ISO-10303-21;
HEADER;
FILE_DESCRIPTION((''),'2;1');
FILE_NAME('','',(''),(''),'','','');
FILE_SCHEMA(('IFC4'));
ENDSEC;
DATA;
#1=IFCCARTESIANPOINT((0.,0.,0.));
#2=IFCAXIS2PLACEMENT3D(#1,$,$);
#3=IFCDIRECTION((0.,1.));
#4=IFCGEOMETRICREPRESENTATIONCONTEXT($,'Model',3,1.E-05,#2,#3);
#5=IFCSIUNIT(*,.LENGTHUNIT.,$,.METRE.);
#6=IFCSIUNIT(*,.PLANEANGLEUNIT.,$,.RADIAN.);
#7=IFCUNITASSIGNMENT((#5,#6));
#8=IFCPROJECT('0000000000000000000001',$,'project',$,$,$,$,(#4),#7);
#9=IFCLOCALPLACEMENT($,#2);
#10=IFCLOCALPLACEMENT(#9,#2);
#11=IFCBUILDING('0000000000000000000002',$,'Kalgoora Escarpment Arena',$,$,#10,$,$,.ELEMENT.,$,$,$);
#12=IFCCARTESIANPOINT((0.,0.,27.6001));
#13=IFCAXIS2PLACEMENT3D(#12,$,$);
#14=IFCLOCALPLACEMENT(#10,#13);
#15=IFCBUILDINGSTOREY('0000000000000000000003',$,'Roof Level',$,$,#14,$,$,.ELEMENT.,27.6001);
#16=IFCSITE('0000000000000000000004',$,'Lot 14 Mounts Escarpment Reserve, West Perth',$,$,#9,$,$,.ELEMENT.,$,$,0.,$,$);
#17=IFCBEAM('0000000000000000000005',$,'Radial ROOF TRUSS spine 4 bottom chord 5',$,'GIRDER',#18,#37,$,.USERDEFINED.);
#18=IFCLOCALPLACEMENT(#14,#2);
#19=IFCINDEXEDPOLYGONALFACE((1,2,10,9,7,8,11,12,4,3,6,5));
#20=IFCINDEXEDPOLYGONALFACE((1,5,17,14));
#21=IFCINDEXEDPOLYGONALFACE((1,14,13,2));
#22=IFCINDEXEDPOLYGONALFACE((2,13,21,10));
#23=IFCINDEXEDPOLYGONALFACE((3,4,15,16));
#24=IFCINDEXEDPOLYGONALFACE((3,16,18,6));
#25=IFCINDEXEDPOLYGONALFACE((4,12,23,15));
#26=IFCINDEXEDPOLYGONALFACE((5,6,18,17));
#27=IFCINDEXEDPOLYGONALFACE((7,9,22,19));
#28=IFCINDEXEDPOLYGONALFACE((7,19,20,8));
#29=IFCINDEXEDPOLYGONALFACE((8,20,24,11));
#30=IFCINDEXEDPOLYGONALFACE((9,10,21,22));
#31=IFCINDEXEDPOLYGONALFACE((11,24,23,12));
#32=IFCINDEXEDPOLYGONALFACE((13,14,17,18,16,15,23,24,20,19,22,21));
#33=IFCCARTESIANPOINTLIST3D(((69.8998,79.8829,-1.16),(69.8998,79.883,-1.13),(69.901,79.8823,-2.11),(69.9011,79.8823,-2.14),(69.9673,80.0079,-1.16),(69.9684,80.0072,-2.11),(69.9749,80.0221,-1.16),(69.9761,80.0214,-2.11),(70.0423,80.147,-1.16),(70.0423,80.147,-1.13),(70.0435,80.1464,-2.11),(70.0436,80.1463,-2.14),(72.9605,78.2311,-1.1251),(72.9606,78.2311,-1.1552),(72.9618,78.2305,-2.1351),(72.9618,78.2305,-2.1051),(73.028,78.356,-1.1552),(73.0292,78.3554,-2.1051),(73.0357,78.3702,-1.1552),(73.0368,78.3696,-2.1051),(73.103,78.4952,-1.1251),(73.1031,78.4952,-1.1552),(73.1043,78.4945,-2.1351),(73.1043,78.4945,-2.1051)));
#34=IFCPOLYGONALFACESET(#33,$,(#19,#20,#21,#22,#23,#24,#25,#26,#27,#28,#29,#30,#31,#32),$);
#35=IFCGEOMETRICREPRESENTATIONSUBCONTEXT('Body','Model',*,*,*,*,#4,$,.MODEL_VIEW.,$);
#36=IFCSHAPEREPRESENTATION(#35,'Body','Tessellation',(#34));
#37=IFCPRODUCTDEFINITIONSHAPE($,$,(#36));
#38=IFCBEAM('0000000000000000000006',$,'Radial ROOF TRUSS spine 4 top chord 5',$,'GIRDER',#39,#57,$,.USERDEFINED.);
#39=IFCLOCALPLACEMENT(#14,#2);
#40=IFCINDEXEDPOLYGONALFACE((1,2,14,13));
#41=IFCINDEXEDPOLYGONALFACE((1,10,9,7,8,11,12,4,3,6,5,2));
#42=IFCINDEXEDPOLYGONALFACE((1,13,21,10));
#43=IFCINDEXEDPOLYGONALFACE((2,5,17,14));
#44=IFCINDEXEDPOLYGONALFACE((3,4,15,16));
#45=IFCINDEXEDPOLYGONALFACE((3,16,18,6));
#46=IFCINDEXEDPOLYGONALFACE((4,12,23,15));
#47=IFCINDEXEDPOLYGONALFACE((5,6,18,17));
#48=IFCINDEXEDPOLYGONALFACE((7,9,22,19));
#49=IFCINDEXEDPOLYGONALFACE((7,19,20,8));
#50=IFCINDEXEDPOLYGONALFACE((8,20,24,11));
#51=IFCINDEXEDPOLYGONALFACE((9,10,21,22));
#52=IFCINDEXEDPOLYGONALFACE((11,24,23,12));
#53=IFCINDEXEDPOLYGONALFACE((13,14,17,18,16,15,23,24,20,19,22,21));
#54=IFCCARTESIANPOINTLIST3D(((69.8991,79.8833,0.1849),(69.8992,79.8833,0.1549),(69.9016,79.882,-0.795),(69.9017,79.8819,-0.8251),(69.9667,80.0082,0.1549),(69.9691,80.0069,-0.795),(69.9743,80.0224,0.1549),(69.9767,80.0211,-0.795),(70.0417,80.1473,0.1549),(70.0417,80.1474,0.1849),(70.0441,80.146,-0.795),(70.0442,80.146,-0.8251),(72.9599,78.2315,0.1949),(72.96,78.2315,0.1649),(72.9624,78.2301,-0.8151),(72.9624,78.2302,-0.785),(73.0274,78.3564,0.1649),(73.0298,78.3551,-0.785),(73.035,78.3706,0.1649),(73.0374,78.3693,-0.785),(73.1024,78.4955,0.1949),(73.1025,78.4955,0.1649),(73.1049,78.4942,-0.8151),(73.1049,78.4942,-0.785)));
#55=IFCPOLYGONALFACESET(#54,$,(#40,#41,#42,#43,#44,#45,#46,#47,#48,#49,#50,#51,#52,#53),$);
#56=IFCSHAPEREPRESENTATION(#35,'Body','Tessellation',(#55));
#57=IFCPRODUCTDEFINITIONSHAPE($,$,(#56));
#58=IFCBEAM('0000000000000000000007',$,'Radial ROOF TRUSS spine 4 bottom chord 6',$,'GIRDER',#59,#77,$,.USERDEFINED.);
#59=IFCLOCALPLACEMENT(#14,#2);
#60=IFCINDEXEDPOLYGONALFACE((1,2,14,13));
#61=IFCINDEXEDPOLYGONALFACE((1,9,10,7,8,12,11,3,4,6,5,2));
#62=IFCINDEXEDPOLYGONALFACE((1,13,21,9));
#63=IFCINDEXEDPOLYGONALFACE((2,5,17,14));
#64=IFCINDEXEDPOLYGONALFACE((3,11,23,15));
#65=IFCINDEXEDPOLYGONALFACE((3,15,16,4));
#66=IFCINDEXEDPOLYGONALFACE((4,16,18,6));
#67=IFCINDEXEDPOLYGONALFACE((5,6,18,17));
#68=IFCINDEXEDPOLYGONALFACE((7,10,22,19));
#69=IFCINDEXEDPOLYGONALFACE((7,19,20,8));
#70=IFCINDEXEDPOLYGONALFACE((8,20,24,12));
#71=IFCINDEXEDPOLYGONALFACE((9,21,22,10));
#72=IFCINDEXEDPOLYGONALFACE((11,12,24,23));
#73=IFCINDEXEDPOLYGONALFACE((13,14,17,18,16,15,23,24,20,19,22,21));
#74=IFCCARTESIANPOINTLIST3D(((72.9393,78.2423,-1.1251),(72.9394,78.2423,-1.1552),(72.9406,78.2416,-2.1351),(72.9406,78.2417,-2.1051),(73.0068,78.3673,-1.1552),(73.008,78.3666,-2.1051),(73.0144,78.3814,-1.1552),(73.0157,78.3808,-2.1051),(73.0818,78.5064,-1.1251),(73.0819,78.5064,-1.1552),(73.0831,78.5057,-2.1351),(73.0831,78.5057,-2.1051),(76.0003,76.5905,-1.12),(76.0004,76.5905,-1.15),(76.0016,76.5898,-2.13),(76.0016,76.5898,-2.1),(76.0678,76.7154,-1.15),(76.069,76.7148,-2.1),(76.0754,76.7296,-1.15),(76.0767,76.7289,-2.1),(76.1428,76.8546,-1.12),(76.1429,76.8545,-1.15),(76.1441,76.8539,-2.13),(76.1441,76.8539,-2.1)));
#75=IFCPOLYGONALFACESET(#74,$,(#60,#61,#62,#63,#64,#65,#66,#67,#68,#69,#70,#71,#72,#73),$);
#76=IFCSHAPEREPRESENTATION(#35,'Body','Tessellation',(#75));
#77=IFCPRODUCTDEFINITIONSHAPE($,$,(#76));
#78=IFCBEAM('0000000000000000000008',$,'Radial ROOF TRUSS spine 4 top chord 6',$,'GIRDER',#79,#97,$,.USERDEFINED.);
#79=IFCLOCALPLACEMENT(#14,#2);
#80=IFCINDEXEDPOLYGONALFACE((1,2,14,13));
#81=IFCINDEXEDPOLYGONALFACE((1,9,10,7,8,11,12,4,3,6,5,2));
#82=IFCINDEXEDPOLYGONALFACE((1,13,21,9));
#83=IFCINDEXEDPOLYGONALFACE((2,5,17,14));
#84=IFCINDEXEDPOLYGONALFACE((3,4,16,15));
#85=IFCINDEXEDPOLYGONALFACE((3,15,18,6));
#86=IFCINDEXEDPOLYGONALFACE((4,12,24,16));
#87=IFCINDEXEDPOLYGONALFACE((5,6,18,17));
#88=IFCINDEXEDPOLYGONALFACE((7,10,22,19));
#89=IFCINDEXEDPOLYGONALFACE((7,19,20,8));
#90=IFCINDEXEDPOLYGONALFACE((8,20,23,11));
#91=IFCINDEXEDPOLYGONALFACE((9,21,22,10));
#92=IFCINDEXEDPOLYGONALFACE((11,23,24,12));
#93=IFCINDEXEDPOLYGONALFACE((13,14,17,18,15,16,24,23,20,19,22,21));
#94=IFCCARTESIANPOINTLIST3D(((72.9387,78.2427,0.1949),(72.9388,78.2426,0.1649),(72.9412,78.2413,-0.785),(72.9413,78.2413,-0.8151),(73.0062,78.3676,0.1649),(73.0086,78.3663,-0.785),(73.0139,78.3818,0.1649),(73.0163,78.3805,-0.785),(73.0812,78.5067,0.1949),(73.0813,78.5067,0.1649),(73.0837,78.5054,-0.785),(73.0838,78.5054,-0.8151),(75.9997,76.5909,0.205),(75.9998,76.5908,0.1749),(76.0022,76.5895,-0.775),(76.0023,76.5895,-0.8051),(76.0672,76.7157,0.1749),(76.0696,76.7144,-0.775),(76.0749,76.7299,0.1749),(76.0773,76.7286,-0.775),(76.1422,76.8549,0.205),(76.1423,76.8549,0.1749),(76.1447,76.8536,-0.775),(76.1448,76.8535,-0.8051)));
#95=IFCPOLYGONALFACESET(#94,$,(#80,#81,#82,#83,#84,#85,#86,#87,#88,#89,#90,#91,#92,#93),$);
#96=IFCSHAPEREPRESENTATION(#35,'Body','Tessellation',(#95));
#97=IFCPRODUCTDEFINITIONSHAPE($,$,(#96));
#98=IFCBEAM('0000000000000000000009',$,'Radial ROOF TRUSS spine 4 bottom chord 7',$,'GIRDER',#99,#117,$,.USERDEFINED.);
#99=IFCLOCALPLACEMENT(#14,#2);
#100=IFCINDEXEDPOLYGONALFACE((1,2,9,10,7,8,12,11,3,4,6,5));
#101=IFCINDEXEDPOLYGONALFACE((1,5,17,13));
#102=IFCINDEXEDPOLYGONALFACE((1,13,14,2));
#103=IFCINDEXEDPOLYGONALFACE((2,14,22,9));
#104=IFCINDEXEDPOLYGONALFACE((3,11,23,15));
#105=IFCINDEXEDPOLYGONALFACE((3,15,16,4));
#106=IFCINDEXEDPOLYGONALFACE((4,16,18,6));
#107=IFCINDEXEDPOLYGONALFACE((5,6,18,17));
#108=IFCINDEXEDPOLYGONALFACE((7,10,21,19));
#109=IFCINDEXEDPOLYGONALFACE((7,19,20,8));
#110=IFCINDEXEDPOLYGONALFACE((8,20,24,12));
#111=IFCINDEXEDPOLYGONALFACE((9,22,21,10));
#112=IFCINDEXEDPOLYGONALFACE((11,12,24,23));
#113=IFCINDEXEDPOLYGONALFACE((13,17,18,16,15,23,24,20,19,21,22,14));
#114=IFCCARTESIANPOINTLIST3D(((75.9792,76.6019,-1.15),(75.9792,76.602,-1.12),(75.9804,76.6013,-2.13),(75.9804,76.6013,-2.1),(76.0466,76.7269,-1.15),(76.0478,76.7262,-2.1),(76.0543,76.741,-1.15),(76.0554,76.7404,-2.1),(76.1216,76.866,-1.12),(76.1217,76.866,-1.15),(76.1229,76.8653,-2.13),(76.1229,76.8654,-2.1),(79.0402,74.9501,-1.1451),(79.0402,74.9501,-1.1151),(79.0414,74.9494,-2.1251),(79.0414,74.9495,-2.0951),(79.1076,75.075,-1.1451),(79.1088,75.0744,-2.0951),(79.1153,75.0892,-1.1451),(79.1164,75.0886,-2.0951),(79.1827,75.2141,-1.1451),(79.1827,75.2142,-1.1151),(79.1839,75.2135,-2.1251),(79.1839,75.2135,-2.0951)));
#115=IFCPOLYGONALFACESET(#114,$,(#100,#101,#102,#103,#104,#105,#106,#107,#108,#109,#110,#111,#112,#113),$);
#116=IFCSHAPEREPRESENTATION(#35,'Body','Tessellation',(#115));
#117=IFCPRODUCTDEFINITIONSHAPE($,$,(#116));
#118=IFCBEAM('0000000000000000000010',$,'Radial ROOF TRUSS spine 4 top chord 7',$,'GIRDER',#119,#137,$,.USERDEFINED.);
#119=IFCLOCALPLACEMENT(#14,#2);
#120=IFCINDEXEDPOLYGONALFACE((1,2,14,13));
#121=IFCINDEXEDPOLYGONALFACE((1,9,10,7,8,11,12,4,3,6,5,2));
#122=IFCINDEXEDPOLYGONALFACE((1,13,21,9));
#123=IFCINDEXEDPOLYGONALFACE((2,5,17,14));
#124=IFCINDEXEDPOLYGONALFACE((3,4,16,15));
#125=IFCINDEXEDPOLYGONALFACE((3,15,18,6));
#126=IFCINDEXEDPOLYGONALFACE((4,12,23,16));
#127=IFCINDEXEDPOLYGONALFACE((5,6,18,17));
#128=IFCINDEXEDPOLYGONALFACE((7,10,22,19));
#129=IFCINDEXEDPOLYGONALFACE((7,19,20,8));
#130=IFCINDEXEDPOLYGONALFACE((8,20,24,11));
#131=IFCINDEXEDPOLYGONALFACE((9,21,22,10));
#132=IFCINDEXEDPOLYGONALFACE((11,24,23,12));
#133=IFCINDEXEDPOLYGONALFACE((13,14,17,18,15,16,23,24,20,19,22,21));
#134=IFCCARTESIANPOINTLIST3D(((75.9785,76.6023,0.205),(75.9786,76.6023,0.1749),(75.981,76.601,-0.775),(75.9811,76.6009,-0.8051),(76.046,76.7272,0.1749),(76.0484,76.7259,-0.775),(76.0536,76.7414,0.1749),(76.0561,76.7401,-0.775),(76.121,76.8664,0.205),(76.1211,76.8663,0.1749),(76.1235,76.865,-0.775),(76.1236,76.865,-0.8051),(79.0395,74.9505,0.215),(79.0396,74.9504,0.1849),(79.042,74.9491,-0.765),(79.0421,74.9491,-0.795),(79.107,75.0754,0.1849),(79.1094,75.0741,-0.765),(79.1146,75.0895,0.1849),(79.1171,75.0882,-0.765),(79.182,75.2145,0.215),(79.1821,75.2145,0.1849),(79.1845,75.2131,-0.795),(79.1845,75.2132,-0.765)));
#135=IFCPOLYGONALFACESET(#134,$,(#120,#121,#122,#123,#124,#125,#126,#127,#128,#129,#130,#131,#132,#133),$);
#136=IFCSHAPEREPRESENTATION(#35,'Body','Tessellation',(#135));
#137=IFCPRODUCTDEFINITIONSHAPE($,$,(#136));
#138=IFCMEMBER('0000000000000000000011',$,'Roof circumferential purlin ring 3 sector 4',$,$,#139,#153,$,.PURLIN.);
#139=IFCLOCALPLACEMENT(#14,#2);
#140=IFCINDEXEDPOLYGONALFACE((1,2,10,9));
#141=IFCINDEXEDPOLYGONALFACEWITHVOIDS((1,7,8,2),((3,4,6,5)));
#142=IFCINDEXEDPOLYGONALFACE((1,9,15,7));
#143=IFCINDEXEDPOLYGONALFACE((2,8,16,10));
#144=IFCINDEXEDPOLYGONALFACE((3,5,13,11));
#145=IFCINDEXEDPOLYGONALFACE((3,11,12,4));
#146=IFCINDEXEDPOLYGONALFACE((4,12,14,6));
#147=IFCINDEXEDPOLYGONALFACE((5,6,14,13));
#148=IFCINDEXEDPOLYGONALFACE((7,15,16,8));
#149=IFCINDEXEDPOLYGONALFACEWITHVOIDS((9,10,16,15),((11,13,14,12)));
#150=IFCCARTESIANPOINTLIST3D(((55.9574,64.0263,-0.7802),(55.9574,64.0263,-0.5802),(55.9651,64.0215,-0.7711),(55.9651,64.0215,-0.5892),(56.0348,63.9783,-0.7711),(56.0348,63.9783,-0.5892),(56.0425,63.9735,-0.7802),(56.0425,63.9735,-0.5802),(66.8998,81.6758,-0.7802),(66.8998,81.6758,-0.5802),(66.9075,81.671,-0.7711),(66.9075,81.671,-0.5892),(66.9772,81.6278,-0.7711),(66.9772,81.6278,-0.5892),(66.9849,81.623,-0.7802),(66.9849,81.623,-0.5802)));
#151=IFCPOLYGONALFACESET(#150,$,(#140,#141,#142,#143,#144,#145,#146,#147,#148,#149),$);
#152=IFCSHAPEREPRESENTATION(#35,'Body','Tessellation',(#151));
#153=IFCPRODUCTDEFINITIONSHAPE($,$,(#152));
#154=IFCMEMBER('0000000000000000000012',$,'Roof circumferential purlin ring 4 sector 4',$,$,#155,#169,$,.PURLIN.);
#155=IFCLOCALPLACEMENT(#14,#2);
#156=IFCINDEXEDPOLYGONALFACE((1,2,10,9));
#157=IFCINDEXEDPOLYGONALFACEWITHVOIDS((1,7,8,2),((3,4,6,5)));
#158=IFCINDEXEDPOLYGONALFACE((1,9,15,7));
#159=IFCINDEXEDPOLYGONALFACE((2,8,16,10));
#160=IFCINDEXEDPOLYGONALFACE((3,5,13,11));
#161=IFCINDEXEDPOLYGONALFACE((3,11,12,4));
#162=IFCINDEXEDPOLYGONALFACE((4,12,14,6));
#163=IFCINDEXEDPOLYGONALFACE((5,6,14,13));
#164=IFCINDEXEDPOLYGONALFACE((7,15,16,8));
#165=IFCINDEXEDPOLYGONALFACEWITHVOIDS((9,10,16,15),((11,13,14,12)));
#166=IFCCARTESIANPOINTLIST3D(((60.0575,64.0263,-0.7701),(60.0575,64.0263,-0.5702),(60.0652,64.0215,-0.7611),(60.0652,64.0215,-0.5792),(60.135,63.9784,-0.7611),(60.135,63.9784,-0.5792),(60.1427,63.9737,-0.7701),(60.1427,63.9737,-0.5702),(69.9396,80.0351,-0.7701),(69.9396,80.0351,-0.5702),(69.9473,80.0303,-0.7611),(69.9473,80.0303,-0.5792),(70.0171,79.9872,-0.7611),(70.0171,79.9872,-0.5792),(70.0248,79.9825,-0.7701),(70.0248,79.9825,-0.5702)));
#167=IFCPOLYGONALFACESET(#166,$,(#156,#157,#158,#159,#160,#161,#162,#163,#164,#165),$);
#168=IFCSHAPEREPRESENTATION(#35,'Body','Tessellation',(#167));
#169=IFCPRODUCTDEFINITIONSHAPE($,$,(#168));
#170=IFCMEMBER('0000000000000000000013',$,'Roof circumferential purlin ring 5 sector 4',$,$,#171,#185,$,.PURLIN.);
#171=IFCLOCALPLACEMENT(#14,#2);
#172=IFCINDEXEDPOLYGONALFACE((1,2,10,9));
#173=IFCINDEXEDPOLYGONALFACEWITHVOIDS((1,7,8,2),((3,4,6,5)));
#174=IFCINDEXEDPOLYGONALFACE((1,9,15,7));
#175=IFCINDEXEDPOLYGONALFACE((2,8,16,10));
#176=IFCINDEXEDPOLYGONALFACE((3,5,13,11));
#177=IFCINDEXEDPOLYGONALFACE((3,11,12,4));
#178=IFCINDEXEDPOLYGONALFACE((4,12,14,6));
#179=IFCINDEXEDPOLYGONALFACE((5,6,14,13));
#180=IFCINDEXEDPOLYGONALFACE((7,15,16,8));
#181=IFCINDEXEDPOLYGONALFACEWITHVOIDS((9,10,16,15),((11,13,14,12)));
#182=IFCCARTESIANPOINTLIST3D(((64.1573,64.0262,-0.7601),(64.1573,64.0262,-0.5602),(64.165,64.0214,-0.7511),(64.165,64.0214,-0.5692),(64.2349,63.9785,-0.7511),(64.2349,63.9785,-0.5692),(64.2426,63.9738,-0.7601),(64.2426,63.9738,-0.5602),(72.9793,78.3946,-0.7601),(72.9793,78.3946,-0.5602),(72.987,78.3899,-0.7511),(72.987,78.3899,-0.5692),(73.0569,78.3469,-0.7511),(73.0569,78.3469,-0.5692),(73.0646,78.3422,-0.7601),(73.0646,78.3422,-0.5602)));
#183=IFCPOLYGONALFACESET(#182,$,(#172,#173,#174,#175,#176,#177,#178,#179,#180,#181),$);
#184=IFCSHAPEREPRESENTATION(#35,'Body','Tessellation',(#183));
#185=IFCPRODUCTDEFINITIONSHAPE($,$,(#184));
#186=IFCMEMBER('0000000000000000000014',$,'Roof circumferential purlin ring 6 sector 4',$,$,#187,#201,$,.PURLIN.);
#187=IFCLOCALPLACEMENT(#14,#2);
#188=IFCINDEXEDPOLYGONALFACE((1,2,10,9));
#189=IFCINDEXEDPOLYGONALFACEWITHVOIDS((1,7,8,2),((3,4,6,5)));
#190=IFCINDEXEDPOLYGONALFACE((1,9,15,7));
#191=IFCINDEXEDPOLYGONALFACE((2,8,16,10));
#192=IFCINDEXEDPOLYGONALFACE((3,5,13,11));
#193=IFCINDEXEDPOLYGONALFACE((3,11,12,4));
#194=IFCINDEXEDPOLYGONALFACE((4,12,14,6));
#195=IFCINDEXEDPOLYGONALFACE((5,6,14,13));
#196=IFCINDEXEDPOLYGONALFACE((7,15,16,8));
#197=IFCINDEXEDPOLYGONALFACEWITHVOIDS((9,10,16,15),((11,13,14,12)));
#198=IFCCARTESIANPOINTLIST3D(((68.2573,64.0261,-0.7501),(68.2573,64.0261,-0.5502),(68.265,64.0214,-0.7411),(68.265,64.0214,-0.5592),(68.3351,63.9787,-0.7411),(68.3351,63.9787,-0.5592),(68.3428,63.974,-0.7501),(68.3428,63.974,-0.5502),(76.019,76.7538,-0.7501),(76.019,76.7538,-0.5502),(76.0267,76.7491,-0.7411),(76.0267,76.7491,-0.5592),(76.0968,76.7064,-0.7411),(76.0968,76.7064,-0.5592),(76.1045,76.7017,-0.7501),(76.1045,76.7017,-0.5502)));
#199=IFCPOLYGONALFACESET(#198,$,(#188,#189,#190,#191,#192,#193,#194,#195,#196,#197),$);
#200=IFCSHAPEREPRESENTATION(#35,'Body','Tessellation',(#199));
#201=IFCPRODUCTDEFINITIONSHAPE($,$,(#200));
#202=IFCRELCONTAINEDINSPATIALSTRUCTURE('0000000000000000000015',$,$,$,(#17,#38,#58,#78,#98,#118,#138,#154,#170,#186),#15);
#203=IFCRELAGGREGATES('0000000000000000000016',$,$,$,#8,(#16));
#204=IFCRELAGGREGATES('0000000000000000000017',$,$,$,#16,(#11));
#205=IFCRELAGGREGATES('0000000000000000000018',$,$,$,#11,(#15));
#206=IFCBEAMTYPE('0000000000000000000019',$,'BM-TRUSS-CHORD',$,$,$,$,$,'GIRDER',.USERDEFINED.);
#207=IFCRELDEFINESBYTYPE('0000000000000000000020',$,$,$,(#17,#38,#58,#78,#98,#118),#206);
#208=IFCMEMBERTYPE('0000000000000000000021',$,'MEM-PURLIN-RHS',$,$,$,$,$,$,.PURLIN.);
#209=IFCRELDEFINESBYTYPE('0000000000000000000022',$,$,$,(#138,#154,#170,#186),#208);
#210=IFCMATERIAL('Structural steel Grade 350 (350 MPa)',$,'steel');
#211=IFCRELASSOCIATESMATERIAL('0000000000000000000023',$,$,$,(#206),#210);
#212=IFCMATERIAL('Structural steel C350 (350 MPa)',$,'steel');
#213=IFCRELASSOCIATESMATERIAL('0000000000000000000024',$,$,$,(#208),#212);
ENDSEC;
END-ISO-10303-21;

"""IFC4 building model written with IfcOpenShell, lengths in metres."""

from ifc_helpers import new_model, si_unit, direction, frame, origin, origin_2d, place, context, subcontext, project, spatial, hollow_rectangle, i_section, extrude, material, material_profile, profile_set, type_object, element, save


model = new_model("IFC4")

# Units and contexts
model_context = context("Model", 3, precision=1e-05, world=origin(), true_north=direction((0.0, 1.0)))
body_context = subcontext(model_context, "Body", "Model", "MODEL_VIEW")
ifc_project = project(units=[si_unit("LENGTHUNIT", "METRE"), si_unit("PLANEANGLEUNIT", "RADIAN")], contexts=[model_context])

# Site, building, storey
site_placement = place(None, origin())
site = spatial("IfcSite", under=ifc_project, at=site_placement, Name="Lot 14 Mounts Escarpment Reserve, West Perth", CompositionType="ELEMENT", RefElevation=0.0)
building_placement = place(site_placement, origin())
building = spatial("IfcBuilding", under=site, at=building_placement, Name="Kalgoora Escarpment Arena", CompositionType="ELEMENT")
storey_placement = place(building_placement, frame((0.0, 0.0, 27.6001)))
storey = spatial("IfcBuildingStorey", under=building, at=storey_placement, Name="Roof Level", CompositionType="ELEMENT", Elevation=27.6001)

# Beams
ifc_material_1 = material(Name="Structural steel Grade 350 (350 MPa)", Category="steel")
ifc_material_profile_1 = material_profile(ifc_material_1, i_section(OverallWidth=0.3, OverallDepth=1.01, WebThickness=0.0161, FlangeThickness=0.03, at=origin_2d()))
ifc_profile_set_1 = profile_set([ifc_material_profile_1], Name="Structural steel Grade 350 (350 MPa)")
beam_type = type_object("IfcBeamType", Name="BM-TRUSS-CHORD", ElementType="GIRDER", PredefinedType="USERDEFINED", material=ifc_profile_set_1)
for number, where, z_axis, x_axis, name in (
    (1, (69.9717, 80.0146, -1.635), (0.880021, -0.474932, 0.001404), (0.474933, 0.880022, 0.0), "Radial ROOF TRUSS spine 4 bottom chord 5"),
    (2, (69.9717, 80.0146, -0.3201), (0.880019, -0.474931, 0.002878), (0.474933, 0.880022, 0.0), "Radial ROOF TRUSS spine 4 top chord 5"),
):
    element("IfcBeam", number, at=place(storey_placement, frame(where, z_axis=z_axis, x_axis=x_axis)), inside=storey, type_object=beam_type, Name=name, ObjectType="GIRDER", PredefinedType="USERDEFINED", context=body_context, shape_type="SweptSolid", body=[
        extrude(i_section(OverallWidth=0.3, OverallDepth=1.01, WebThickness=0.0161, FlangeThickness=0.03, at=origin_2d()), origin(), (0.0, 0.0, 1.0), 3.478),
    ])
for number, where, z_axis, x_axis, name in (
    (3, (73.0112, 78.374, -1.6301), (0.880037, -0.474903, 0.001474), (0.474903, 0.880038, 0.0), "Radial ROOF TRUSS spine 4 bottom chord 6"),
    (4, (73.0112, 78.374, -0.3101), (0.880034, -0.474901, 0.002878), (0.474903, 0.880038, 0.0), "Radial ROOF TRUSS spine 4 top chord 6"),
    (5, (76.051, 76.7336, -1.625), (0.880037, -0.474903, 0.001404), (0.474903, 0.880038, 0.0), "Radial ROOF TRUSS spine 4 bottom chord 7"),
    (6, (76.051, 76.7336, -0.3), (0.880034, -0.474901, 0.002878), (0.474903, 0.880038, 0.0), "Radial ROOF TRUSS spine 4 top chord 7"),
):
    element("IfcBeam", number, at=place(storey_placement, frame(where, z_axis=z_axis, x_axis=x_axis)), inside=storey, type_object=beam_type, Name=name, ObjectType="GIRDER", PredefinedType="USERDEFINED", context=body_context, shape_type="SweptSolid", body=[
        extrude(i_section(OverallWidth=0.3, OverallDepth=1.01, WebThickness=0.0161, FlangeThickness=0.03, at=origin_2d()), origin(), (0.0, 0.0, 1.0), 3.4783),
    ])

# Members
ifc_material_2 = material(Name="Structural steel C350 (350 MPa)", Category="steel")
ifc_material_profile_2 = material_profile(ifc_material_2, hollow_rectangle(XDim=0.1001, YDim=0.2, WallThickness=0.009, at=origin_2d()))
ifc_profile_set_2 = profile_set([ifc_material_profile_2], Name="Structural steel C350 (350 MPa)")
member_type_1 = type_object("IfcMemberType", Name="MEM-PURLIN-RHS", PredefinedType="PURLIN", material=ifc_profile_set_2)
member_1_placement = place(storey_placement, frame((66.9424, 81.6494, -0.6802), z_axis=(-0.526931, -0.849908, 0.0), x_axis=(0.849908, -0.526931, 0.0)))
element("IfcMember", 7, at=member_1_placement, inside=storey, type_object=member_type_1, Name="Roof circumferential purlin ring 3 sector 4", PredefinedType="PURLIN", context=body_context, shape_type="SweptSolid", body=[
    extrude(hollow_rectangle(XDim=0.1001, YDim=0.2, WallThickness=0.009, at=origin_2d()), origin(), (0.0, 0.0, 1.0), 20.7664),
])
member_2_placement = place(storey_placement, frame((69.9822, 80.0088, -0.6702), z_axis=(-0.525273, -0.850933, 0.0), x_axis=(0.850933, -0.525273, 0.0)))
element("IfcMember", 8, at=member_2_placement, inside=storey, type_object=member_type_1, Name="Roof circumferential purlin ring 4 sector 4", PredefinedType="PURLIN", context=body_context, shape_type="SweptSolid", body=[
    extrude(hollow_rectangle(XDim=0.1001, YDim=0.2, WallThickness=0.009, at=origin_2d()), origin(), (0.0, 0.0, 1.0), 18.8132),
])
member_3_placement = place(storey_placement, frame((73.022, 78.3684, -0.6602), z_axis=(-0.523234, -0.852189, 0.0), x_axis=(0.852189, -0.523234, 0.0)))
element("IfcMember", 9, at=member_3_placement, inside=storey, type_object=member_type_1, Name="Roof circumferential purlin ring 5 sector 4", PredefinedType="PURLIN", context=body_context, shape_type="SweptSolid", body=[
    extrude(hollow_rectangle(XDim=0.1001, YDim=0.2, WallThickness=0.009, at=origin_2d()), origin(), (0.0, 0.0, 1.0), 16.8606),
])
member_4_placement = place(storey_placement, frame((76.0618, 76.7278, -0.6501), z_axis=(-0.52065, -0.85377, 0.0), x_axis=(0.85377, -0.52065, 0.0)))
element("IfcMember", 10, at=member_4_placement, inside=storey, type_object=member_type_1, Name="Roof circumferential purlin ring 6 sector 4", PredefinedType="PURLIN", context=body_context, shape_type="SweptSolid", body=[
    extrude(hollow_rectangle(XDim=0.1001, YDim=0.2, WallThickness=0.009, at=origin_2d()), origin(), (0.0, 0.0, 1.0), 14.9077),
])

save(model, "model.ifc")
